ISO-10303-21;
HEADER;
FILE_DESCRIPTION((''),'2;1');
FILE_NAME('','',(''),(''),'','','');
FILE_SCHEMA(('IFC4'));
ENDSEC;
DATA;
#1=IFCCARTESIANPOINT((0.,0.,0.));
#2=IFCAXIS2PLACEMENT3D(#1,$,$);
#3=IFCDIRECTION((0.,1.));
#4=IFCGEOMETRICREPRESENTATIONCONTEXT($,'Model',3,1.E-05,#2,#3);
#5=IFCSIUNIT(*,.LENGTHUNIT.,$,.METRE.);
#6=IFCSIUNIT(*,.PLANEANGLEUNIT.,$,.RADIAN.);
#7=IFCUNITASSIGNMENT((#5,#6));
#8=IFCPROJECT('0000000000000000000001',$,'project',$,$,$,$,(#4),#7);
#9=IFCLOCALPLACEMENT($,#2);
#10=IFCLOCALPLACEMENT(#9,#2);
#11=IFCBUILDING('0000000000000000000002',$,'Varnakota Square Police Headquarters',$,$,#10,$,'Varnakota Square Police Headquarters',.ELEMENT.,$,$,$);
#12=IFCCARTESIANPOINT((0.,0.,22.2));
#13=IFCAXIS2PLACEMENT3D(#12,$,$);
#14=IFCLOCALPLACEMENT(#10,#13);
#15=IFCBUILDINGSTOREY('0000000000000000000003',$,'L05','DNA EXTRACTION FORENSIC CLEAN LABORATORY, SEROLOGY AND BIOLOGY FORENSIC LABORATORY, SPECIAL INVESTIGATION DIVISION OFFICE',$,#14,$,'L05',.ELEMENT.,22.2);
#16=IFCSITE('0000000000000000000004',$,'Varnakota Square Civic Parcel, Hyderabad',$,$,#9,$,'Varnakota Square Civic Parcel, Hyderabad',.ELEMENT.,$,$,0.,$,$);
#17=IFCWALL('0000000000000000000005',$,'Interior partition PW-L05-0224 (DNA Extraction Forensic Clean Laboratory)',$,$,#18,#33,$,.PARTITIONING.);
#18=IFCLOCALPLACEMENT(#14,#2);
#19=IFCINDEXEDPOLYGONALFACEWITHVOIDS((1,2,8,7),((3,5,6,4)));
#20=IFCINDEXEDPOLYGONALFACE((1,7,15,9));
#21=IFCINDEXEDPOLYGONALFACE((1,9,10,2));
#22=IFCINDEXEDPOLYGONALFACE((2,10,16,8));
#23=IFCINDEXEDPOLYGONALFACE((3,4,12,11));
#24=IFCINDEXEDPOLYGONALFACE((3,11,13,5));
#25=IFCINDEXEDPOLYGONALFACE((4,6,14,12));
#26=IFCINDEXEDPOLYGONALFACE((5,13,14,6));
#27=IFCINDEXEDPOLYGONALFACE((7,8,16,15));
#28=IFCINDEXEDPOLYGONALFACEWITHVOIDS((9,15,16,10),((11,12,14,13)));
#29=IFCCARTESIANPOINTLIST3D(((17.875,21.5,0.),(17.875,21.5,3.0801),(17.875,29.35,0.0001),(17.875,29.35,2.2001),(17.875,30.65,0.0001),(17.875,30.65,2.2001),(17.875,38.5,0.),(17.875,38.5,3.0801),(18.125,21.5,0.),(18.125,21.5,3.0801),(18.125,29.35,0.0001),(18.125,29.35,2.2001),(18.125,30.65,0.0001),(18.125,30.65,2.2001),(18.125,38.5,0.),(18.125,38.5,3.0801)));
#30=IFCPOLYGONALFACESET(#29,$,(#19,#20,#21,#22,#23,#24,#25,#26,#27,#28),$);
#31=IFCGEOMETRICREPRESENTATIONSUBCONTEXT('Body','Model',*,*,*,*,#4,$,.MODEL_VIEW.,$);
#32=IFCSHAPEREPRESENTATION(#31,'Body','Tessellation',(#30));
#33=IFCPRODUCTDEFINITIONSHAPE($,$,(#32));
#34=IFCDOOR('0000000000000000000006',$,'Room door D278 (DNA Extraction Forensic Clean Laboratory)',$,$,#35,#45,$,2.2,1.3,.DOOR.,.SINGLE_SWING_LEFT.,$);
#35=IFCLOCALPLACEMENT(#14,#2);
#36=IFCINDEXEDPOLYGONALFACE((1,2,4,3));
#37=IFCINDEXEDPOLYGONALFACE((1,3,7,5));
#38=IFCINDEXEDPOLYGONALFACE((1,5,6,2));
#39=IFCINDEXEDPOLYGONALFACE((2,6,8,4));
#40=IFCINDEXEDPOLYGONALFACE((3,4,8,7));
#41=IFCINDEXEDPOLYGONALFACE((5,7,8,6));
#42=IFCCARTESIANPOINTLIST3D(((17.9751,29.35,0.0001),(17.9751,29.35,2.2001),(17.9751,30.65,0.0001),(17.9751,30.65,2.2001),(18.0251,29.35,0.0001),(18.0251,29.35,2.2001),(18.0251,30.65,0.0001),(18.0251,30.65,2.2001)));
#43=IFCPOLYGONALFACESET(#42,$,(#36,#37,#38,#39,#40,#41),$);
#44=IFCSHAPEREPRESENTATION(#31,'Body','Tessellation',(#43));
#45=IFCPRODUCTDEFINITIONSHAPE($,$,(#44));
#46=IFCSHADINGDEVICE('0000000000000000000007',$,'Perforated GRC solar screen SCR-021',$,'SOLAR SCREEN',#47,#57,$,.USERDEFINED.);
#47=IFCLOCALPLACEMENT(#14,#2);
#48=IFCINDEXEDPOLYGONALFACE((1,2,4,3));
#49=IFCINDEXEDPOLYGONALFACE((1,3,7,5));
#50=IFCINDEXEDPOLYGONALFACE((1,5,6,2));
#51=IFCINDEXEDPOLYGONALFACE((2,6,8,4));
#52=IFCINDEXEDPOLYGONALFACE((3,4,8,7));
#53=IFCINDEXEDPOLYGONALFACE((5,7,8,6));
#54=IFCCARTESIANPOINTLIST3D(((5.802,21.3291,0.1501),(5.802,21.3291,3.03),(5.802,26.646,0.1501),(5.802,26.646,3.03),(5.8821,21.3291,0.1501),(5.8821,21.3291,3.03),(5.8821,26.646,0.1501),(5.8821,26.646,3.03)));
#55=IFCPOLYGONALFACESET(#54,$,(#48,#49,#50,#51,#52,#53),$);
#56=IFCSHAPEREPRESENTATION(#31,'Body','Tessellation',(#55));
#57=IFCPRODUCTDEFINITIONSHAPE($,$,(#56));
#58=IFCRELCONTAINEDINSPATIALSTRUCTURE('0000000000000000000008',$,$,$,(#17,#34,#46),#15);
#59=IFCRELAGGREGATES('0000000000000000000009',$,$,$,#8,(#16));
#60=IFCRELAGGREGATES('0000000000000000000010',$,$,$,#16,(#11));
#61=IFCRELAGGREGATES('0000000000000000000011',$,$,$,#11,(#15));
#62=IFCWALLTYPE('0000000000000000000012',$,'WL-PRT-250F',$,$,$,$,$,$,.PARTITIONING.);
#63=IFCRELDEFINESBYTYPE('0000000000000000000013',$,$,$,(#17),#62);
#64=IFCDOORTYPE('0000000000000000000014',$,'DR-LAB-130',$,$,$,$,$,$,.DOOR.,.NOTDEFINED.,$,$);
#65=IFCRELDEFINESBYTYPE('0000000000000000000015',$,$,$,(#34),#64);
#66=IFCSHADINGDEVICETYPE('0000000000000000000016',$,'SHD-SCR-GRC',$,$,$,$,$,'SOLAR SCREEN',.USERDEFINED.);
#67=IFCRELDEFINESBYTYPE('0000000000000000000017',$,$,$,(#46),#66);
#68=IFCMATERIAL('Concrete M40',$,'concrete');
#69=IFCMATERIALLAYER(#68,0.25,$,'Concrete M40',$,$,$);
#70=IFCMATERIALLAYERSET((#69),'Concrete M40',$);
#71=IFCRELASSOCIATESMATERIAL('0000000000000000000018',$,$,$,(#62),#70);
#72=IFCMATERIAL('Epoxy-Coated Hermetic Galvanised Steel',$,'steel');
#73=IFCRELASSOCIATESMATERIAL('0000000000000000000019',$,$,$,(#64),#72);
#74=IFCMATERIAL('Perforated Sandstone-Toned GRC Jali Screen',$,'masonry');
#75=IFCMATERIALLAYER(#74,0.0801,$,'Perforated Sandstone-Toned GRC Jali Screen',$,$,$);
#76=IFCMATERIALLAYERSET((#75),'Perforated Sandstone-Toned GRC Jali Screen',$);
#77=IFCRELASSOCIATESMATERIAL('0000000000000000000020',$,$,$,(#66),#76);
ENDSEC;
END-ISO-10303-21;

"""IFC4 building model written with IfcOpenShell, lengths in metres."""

from ifc_helpers import new_model, si_unit, direction, frame, frame_2d, origin, origin_2d, place, context, subcontext, project, spatial, rectangle, extrude, material, layer, layer_set, type_object, element, fill, save


model = new_model("IFC4")

# Units and contexts
model_context = context("Model", 3, precision=1e-05, world=origin(), true_north=direction((0.0, 1.0)))
body_context = subcontext(model_context, "Body", "Model", "MODEL_VIEW")
ifc_project = project(units=[si_unit("LENGTHUNIT", "METRE"), si_unit("PLANEANGLEUNIT", "RADIAN")], contexts=[model_context])

# Site, building, storey
site_placement = place(None, origin())
site = spatial("IfcSite", under=ifc_project, at=site_placement, Name="Varnakota Square Civic Parcel, Hyderabad", LongName="Varnakota Square Civic Parcel, Hyderabad", CompositionType="ELEMENT", RefElevation=0.0)
building_placement = place(site_placement, origin())
building = spatial("IfcBuilding", under=site, at=building_placement, Name="Varnakota Square Police Headquarters", LongName="Varnakota Square Police Headquarters", CompositionType="ELEMENT")
storey_placement = place(building_placement, frame((0.0, 0.0, 22.2)))
storey = spatial("IfcBuildingStorey", under=building, at=storey_placement, Name="L05", Description="DNA EXTRACTION FORENSIC CLEAN LABORATORY, SEROLOGY AND BIOLOGY FORENSIC LABORATORY, SPECIAL INVESTIGATION DIVISION OFFICE", LongName="L05", CompositionType="ELEMENT", Elevation=22.2)

# Shared definitions
ifc_material_1 = material(Name="Concrete M40", Category="concrete")

# Wall, opening, door
ifc_layer_1 = layer(ifc_material_1, 0.25, Name="Concrete M40")
ifc_layer_set_1 = layer_set([ifc_layer_1], Name="Concrete M40")
wall_type_1 = type_object("IfcWallType", Name="WL-PRT-250F", PredefinedType="PARTITIONING", material=ifc_layer_set_1)
wall_1_placement = place(storey_placement, frame((18.0, 21.5, 0.0), z_axis=(0.0, 0.0, 1.0), x_axis=(0.0, 1.0, 0.0)))
wall_1 = element("IfcWall", 1, at=wall_1_placement, inside=storey, type_object=wall_type_1, Name="Interior partition PW-L05-0224 (DNA Extraction Forensic Clean Laboratory)", PredefinedType="PARTITIONING", context=body_context, shape_type="SweptSolid", body=[
    extrude(rectangle(XDim=17.0, YDim=0.25, at=frame_2d((8.5, 0.0))), origin(), (0.0, 0.0, 1.0), 3.0801),
])
opening_1_placement = place(wall_1_placement, frame((7.8501, 0.0, 0.0)))
opening_1 = element("IfcOpeningElement", 2, at=opening_1_placement, cuts=wall_1, PredefinedType="OPENING", context=body_context, shape_type="SweptSolid", body=[
    extrude(rectangle(XDim=1.3, YDim=2.2, at=frame_2d((0.6499, 1.1001))), frame((0.0, 0.135, 0.0), z_axis=(0.0, -1.0, 0.0), x_axis=(1.0, 0.0, 0.0)), (0.0, 0.0, 1.0), 0.27),
])
ifc_material_2 = material(Name="Epoxy-Coated Hermetic Galvanised Steel", Category="steel")
door_type_1 = type_object("IfcDoorType", Name="DR-LAB-130", OperationType="NOTDEFINED", PredefinedType="DOOR", material=ifc_material_2)
door_1_placement = place(opening_1_placement, origin())
door_1 = element("IfcDoor", 3, at=door_1_placement, inside=storey, type_object=door_type_1, Name="Room door D278 (DNA Extraction Forensic Clean Laboratory)", OperationType="SINGLE_SWING_LEFT", OverallHeight=2.2, OverallWidth=1.3, PredefinedType="DOOR", context=body_context, shape_type="SweptSolid", body=[
    extrude(rectangle(XDim=1.3, YDim=2.2, at=frame_2d((0.6499, 1.1001))), frame((0.0, 0.0249, 0.0), z_axis=(0.0, -1.0, 0.0), x_axis=(1.0, 0.0, 0.0)), (0.0, 0.0, 1.0), 0.05),
])
fill(opening_1, door_1)

# Shading device
ifc_material_3 = material(Name="Perforated Sandstone-Toned GRC Jali Screen", Category="masonry")
ifc_layer_2 = layer(ifc_material_3, 0.0801, Name="Perforated Sandstone-Toned GRC Jali Screen")
ifc_layer_set_2 = layer_set([ifc_layer_2], Name="Perforated Sandstone-Toned GRC Jali Screen")
shading_device_type = type_object("IfcShadingDeviceType", Name="SHD-SCR-GRC", ElementType="SOLAR SCREEN", PredefinedType="USERDEFINED", material=ifc_layer_set_2)
shading_device_placement = place(storey_placement, frame((5.842, 23.9875, 0.1501), z_axis=(0.0, 0.0, 1.0), x_axis=(0.0, 1.0, 0.0)))
element("IfcShadingDevice", 4, at=shading_device_placement, inside=storey, type_object=shading_device_type, Name="Perforated GRC solar screen SCR-021", ObjectType="SOLAR SCREEN", PredefinedType="USERDEFINED", context=body_context, shape_type="SweptSolid", body=[
    extrude(rectangle(XDim=5.3169, YDim=0.0801, at=origin_2d()), origin(), (0.0, 0.0, 1.0), 2.8799),
])

save(model, "model.ifc")
